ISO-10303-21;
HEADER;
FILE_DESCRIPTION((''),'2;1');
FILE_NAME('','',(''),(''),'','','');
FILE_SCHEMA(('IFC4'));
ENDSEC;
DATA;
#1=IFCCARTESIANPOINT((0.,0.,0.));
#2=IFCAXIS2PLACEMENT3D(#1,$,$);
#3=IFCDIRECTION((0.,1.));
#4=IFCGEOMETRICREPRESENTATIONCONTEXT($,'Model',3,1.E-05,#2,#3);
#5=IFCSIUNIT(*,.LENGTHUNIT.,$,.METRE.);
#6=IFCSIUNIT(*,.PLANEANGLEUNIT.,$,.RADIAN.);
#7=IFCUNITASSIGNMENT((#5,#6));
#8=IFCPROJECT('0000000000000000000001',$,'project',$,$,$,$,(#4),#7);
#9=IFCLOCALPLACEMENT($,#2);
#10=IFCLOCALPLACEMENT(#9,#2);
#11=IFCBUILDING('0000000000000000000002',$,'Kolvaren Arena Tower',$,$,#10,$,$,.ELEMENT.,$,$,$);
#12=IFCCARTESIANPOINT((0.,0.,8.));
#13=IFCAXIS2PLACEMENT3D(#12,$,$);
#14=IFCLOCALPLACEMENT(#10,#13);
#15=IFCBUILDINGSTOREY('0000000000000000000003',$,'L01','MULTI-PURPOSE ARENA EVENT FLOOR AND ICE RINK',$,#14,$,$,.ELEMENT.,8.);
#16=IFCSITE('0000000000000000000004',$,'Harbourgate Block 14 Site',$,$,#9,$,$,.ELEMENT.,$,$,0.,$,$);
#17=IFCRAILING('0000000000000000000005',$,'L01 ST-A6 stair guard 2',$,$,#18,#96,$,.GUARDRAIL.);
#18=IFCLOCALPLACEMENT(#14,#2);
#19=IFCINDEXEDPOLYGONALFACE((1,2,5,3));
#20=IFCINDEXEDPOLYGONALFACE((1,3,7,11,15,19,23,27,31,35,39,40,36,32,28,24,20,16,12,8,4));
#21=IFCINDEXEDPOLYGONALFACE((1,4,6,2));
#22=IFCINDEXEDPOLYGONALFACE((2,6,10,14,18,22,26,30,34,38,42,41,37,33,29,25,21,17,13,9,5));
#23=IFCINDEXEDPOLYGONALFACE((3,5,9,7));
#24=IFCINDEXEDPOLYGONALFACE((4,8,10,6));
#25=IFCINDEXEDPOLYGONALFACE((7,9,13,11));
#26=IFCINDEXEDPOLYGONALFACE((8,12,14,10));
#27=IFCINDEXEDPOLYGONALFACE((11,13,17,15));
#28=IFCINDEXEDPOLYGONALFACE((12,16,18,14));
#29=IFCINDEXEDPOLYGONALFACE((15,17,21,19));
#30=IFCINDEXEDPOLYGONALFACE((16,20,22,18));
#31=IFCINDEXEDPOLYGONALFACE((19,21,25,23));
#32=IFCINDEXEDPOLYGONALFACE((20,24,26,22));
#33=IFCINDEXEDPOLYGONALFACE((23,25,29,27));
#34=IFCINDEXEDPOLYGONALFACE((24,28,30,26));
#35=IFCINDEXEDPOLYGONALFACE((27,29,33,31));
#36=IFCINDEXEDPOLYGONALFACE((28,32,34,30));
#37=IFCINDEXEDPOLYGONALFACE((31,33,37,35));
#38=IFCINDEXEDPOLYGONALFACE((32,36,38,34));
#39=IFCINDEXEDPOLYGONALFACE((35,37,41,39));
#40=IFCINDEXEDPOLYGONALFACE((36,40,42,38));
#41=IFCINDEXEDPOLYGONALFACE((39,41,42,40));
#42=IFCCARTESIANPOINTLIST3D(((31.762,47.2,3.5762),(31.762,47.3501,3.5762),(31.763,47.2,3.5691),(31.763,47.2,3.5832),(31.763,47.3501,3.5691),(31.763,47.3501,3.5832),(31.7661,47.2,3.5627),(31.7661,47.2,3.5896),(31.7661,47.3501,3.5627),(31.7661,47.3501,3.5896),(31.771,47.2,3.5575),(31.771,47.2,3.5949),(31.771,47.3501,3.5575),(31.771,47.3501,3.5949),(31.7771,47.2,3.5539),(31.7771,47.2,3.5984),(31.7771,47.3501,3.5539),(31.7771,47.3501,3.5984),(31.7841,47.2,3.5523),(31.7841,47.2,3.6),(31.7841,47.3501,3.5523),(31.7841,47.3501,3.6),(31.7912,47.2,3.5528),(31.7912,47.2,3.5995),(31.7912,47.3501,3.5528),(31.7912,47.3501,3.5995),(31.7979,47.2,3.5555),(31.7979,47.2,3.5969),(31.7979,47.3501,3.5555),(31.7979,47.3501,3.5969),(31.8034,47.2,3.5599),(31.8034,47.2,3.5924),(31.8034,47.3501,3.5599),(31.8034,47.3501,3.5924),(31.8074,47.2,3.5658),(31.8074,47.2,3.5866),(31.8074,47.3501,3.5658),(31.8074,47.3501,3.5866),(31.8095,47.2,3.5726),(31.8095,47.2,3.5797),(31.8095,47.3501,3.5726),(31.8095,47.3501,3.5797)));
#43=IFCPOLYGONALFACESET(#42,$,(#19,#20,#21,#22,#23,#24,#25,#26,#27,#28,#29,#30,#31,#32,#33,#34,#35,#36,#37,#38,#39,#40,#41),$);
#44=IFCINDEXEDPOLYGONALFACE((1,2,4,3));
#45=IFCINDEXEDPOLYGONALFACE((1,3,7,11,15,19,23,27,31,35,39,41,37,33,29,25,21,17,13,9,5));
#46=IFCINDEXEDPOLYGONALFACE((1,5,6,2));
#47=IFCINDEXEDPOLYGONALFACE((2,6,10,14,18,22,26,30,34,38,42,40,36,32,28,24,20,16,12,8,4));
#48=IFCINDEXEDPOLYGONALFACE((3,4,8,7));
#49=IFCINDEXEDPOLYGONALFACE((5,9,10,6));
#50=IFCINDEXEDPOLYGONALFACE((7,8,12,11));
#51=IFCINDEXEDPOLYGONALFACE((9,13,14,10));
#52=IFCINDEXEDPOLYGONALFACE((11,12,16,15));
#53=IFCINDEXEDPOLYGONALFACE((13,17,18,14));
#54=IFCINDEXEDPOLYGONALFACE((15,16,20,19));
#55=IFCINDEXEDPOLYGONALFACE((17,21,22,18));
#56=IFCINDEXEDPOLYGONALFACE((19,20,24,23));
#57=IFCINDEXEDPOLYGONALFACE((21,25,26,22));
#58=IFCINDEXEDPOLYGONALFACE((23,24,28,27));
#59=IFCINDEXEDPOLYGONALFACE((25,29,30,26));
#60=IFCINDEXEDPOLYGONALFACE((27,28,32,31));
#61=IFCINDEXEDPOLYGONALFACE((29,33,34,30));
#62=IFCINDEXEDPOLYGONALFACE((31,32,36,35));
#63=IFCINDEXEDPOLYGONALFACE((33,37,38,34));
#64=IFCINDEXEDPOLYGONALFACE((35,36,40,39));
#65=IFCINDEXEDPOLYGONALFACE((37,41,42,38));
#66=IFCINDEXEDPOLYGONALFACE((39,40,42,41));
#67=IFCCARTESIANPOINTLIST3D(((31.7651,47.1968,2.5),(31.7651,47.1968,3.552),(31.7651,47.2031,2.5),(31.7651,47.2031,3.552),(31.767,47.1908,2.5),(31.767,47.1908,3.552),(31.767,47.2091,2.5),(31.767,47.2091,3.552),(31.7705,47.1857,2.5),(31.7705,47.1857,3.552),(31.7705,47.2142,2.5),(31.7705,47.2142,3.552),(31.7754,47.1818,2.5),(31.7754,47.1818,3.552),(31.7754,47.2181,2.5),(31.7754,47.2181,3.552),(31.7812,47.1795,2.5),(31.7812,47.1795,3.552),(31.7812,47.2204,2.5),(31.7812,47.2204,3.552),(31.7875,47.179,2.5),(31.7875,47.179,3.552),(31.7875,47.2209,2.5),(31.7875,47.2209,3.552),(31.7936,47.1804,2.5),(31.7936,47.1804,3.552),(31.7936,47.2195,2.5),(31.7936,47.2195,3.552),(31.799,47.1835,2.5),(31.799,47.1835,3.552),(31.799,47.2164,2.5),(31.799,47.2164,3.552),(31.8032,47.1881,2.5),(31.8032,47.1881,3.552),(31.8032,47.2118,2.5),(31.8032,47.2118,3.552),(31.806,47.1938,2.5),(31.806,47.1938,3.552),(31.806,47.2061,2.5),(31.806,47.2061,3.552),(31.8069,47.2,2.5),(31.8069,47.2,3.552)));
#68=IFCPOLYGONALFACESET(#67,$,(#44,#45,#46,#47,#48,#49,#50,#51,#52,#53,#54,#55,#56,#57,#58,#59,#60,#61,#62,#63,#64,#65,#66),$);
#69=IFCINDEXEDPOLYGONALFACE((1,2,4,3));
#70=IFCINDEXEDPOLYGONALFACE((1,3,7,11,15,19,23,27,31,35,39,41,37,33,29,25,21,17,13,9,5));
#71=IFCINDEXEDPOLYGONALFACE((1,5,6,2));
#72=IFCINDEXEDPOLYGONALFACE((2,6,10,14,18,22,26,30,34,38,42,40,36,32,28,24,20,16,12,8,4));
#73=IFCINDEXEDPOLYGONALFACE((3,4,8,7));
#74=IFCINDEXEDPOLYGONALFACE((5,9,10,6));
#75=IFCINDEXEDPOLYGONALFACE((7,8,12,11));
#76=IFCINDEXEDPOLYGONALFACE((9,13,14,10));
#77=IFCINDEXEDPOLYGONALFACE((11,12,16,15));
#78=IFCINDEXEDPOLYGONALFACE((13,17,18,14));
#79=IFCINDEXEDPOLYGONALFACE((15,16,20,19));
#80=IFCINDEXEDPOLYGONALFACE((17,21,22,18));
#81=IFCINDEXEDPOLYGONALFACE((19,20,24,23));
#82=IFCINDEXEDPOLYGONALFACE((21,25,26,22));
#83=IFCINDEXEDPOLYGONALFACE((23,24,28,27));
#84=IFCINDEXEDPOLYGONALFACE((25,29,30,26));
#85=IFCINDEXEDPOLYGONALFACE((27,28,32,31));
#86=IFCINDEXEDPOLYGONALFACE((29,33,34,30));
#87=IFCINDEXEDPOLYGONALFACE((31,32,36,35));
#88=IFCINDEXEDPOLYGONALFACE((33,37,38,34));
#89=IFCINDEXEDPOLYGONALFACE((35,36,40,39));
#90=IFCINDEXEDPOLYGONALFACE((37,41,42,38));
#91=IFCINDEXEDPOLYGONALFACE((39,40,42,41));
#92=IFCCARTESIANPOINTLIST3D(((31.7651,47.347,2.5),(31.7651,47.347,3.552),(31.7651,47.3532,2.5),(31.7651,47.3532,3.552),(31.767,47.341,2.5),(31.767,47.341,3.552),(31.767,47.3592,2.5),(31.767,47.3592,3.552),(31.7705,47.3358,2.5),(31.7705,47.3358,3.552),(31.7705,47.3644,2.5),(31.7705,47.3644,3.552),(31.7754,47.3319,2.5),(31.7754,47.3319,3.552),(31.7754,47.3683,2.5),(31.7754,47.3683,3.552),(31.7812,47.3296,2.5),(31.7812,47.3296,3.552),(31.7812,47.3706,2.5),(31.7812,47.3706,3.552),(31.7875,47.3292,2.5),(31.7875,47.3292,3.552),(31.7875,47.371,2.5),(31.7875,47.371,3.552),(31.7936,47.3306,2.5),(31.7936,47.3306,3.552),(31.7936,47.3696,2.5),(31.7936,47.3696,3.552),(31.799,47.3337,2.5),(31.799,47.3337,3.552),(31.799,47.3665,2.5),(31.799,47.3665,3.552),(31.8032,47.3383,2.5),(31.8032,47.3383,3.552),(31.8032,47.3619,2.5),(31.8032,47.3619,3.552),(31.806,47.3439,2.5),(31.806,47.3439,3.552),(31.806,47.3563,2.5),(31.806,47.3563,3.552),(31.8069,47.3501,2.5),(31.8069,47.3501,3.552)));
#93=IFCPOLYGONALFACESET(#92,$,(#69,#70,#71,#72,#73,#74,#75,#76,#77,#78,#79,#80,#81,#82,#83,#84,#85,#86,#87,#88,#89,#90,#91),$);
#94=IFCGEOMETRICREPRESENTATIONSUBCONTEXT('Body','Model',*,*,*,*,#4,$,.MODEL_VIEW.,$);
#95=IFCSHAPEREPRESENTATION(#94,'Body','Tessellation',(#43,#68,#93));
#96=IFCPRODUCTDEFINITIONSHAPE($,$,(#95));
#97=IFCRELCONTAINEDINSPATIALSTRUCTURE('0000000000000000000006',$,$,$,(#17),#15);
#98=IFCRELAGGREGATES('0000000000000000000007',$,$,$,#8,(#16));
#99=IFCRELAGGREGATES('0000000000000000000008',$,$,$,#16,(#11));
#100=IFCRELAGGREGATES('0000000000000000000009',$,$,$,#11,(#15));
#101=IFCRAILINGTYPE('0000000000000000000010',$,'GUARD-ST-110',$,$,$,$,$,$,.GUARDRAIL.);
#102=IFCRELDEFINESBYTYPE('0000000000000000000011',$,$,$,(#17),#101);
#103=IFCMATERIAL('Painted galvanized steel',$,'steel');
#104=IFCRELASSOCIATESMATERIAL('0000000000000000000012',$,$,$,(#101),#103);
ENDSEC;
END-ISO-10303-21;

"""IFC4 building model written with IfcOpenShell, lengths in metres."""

from ifc_helpers import new_model, si_unit, direction, frame, origin, origin_2d, place, context, subcontext, project, spatial, circle, extrude, material, type_object, element, save


model = new_model("IFC4")

# Units and contexts
model_context = context("Model", 3, precision=1e-05, world=origin(), true_north=direction((0.0, 1.0)))
body_context = subcontext(model_context, "Body", "Model", "MODEL_VIEW")
ifc_project = project(units=[si_unit("LENGTHUNIT", "METRE"), si_unit("PLANEANGLEUNIT", "RADIAN")], contexts=[model_context])

# Site, building, storey
site_placement = place(None, origin())
site = spatial("IfcSite", under=ifc_project, at=site_placement, Name="Harbourgate Block 14 Site", CompositionType="ELEMENT", RefElevation=0.0)
building_placement = place(site_placement, origin())
building = spatial("IfcBuilding", under=site, at=building_placement, Name="Kolvaren Arena Tower", CompositionType="ELEMENT")
storey_placement = place(building_placement, frame((0.0, 0.0, 8.0)))
storey = spatial("IfcBuildingStorey", under=building, at=storey_placement, Name="L01", Description="MULTI-PURPOSE ARENA EVENT FLOOR AND ICE RINK", CompositionType="ELEMENT", Elevation=8.0)

# Railing
ifc_material_1 = material(Name="Painted galvanized steel", Category="steel")
railing_type_1 = type_object("IfcRailingType", Name="GUARD-ST-110", PredefinedType="GUARDRAIL", material=ifc_material_1)
railing_1_placement = place(storey_placement, frame((31.7859, 47.2, 2.5)))
element("IfcRailing", 1, at=railing_1_placement, inside=storey, type_object=railing_type_1, Name="L01 ST-A6 stair guard 2", PredefinedType="GUARDRAIL", context=body_context, shape_type="SweptSolid", body=[
    extrude(circle(Radius=0.0239, at=origin_2d()), frame((0.0, 0.0, 1.0762), z_axis=(0.0, 1.0, 0.0), x_axis=(-1.0, 0.0, 0.0)), (0.0, 0.0, 1.0), 0.1501),
    extrude(circle(Radius=0.021, at=origin_2d()), origin(), (0.0, 0.0, 1.0), 1.052),
    extrude(circle(Radius=0.021, at=origin_2d()), frame((0.0, 0.1501, 0.0)), (0.0, 0.0, 1.0), 1.052),
])

save(model, "model.ifc")
